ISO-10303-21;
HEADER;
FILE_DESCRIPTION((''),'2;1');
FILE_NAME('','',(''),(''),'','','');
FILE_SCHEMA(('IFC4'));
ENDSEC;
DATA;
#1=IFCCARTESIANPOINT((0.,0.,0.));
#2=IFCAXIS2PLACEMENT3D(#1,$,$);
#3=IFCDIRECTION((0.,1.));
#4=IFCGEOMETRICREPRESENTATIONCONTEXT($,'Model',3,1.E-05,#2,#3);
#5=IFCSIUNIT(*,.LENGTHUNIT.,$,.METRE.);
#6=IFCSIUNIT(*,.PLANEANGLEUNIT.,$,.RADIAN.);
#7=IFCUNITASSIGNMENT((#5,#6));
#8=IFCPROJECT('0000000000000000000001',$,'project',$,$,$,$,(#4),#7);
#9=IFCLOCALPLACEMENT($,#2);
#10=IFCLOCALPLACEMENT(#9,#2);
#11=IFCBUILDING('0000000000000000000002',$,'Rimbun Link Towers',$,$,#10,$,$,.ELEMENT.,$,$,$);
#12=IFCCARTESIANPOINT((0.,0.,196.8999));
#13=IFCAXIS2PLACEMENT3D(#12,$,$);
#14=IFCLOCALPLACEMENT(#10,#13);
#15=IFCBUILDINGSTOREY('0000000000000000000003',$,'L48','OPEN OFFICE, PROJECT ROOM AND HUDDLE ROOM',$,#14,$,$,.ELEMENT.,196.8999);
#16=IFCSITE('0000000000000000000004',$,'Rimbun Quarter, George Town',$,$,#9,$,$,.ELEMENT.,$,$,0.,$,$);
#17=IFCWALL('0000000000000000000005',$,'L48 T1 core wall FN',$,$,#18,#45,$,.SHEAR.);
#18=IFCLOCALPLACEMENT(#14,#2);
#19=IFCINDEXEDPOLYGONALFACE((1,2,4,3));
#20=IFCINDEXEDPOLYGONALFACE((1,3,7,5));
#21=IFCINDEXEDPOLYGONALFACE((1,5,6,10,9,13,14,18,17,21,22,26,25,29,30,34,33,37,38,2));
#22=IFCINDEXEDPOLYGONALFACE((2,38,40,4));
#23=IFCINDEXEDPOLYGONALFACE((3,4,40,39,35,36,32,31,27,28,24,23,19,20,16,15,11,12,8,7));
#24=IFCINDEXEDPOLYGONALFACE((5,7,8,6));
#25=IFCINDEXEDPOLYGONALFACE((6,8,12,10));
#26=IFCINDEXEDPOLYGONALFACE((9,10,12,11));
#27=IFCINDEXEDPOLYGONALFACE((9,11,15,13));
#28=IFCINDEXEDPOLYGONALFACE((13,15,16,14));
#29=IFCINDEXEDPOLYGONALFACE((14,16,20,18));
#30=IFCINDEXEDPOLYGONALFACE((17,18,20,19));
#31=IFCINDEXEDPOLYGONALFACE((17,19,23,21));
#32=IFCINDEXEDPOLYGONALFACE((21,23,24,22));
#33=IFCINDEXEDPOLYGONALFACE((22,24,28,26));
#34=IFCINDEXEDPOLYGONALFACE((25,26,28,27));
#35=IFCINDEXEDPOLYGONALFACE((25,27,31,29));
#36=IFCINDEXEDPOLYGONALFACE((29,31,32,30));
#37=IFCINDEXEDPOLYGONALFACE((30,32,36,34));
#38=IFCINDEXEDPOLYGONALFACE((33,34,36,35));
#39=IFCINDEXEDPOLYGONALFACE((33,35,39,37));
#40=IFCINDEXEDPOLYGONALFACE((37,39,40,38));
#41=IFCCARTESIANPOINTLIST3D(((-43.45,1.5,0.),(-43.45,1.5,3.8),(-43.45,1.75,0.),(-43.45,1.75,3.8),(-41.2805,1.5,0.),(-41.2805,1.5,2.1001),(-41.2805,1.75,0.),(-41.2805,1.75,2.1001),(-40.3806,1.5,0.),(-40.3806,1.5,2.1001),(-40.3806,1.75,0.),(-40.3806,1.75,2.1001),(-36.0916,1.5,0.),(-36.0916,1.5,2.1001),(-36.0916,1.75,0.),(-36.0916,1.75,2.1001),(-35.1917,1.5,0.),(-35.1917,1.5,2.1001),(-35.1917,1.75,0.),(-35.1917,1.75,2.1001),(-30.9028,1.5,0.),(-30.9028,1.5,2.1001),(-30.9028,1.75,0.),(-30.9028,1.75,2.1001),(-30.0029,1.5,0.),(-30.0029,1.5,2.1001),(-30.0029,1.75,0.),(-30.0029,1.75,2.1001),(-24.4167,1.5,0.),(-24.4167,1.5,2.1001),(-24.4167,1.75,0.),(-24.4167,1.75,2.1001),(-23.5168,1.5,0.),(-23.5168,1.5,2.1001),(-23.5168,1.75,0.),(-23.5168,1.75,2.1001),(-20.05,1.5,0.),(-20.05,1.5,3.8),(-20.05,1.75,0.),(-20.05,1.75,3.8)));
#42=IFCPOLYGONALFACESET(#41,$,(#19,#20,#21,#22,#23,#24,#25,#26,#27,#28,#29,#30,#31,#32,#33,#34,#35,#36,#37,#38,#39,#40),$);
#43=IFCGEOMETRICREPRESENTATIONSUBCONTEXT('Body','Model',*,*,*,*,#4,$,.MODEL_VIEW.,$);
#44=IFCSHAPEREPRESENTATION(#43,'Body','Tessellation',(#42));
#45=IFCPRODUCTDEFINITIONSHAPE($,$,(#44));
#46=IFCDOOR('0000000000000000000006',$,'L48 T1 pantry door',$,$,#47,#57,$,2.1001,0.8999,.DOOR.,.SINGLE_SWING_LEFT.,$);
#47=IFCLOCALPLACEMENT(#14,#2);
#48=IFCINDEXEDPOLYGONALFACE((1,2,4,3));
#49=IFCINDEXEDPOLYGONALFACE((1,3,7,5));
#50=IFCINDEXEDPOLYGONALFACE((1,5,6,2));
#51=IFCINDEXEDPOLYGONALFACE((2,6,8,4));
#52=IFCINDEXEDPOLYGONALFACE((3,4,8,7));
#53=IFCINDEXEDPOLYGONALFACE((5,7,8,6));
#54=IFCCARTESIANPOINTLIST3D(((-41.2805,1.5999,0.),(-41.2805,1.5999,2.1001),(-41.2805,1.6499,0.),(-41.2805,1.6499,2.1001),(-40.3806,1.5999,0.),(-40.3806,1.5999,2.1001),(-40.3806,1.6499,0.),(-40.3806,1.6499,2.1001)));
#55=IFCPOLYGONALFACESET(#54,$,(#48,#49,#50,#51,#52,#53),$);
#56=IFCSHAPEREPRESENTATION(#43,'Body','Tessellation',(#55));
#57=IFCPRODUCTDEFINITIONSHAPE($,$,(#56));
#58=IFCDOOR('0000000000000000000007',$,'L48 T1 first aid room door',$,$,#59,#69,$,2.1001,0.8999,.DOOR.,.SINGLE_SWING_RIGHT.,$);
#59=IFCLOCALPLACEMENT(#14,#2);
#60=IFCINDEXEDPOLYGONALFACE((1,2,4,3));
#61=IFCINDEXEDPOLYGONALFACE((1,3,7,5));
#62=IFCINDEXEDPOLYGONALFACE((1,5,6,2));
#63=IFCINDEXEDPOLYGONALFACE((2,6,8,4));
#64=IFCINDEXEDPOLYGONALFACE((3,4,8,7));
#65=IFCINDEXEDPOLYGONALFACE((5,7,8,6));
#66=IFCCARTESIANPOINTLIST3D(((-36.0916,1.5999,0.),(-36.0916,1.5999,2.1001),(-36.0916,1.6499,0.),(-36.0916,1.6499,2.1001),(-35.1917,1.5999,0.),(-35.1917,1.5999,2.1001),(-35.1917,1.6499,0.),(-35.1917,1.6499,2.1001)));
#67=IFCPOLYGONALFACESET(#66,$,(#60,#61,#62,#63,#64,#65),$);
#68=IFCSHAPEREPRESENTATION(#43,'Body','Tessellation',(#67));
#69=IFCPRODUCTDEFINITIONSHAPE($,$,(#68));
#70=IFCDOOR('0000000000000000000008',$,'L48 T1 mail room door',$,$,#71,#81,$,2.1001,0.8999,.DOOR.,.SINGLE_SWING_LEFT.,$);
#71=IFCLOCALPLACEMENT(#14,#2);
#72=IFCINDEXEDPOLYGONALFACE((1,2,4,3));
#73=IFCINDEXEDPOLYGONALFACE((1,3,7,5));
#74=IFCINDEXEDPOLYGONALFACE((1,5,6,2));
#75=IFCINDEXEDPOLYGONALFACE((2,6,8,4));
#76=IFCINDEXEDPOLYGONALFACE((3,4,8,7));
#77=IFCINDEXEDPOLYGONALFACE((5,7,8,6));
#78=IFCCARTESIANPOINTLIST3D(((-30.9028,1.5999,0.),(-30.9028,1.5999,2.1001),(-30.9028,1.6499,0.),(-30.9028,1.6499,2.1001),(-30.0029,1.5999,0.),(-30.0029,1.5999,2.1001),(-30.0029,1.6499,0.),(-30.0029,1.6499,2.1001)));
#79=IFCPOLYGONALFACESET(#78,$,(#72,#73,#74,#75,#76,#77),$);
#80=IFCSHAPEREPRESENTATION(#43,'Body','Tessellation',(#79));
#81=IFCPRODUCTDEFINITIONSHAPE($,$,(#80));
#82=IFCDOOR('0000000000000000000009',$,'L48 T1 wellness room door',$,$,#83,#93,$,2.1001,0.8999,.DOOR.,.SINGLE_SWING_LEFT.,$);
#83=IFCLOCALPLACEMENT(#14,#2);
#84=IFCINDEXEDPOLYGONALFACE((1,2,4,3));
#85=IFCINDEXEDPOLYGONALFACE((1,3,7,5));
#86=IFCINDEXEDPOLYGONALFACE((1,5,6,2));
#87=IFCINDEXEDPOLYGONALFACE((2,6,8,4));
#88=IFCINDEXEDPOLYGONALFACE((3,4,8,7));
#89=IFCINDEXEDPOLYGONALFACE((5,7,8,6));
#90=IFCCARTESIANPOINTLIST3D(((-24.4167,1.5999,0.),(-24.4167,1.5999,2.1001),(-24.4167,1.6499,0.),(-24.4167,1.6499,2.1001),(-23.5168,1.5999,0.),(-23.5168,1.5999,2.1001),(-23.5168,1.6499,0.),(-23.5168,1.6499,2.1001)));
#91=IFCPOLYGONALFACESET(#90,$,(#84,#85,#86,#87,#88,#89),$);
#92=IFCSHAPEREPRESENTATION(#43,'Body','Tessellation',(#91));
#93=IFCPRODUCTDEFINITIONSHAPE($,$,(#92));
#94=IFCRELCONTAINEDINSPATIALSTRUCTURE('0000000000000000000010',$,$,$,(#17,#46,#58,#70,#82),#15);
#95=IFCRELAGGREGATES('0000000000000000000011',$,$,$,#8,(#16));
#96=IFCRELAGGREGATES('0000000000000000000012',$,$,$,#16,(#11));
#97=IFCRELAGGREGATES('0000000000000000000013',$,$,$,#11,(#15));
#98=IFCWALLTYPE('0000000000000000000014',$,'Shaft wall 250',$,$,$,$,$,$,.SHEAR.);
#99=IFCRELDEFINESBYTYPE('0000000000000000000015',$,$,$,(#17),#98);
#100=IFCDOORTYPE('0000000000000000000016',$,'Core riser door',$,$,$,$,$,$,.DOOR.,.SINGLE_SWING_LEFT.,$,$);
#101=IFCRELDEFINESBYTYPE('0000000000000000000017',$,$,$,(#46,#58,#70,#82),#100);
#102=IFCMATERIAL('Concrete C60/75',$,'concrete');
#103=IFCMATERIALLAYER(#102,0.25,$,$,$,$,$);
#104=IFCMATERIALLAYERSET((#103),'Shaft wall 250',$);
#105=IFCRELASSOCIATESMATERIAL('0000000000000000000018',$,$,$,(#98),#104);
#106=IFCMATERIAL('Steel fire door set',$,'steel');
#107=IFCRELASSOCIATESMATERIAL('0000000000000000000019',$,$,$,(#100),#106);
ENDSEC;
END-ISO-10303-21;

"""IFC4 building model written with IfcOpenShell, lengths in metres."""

from ifc_helpers import new_model, si_unit, direction, frame, frame_2d, origin, place, context, subcontext, project, spatial, rectangle, extrude, material, layer, layer_set, type_object, element, fill, save


model = new_model("IFC4")

# Units and contexts
model_context = context("Model", 3, precision=1e-05, world=origin(), true_north=direction((0.0, 1.0)))
body_context = subcontext(model_context, "Body", "Model", "MODEL_VIEW")
ifc_project = project(units=[si_unit("LENGTHUNIT", "METRE"), si_unit("PLANEANGLEUNIT", "RADIAN")], contexts=[model_context])

# Site, building, storey
site_placement = place(None, origin())
site = spatial("IfcSite", under=ifc_project, at=site_placement, Name="Rimbun Quarter, George Town", CompositionType="ELEMENT", RefElevation=0.0)
building_placement = place(site_placement, origin())
building = spatial("IfcBuilding", under=site, at=building_placement, Name="Rimbun Link Towers", CompositionType="ELEMENT")
storey_placement = place(building_placement, frame((0.0, 0.0, 196.8999)))
storey = spatial("IfcBuildingStorey", under=building, at=storey_placement, Name="L48", Description="OPEN OFFICE, PROJECT ROOM AND HUDDLE ROOM", CompositionType="ELEMENT", Elevation=196.8999)

# Wall, openings, doors
ifc_material_1 = material(Name="Concrete C60/75", Category="concrete")
ifc_layer_1 = layer(ifc_material_1, 0.25)
ifc_layer_set_1 = layer_set([ifc_layer_1], Name="Shaft wall 250")
wall_type_1 = type_object("IfcWallType", Name="Shaft wall 250", PredefinedType="SHEAR", material=ifc_layer_set_1)
wall_1_placement = place(storey_placement, frame((-43.45, 1.625, 0.0), z_axis=(0.0, 0.0, 1.0), x_axis=(1.0, 0.0, 0.0)))
wall_1 = element("IfcWall", 1, at=wall_1_placement, inside=storey, type_object=wall_type_1, Name="L48 T1 core wall FN", PredefinedType="SHEAR", context=body_context, shape_type="SweptSolid", body=[
    extrude(rectangle(XDim=23.3999, YDim=0.25, at=frame_2d((11.7, 0.0))), origin(), (0.0, 0.0, 1.0), 3.8),
])
opening_1_placement = place(wall_1_placement, frame((2.1694, 0.0, 0.0)))
opening_1 = element("IfcOpeningElement", 2, at=opening_1_placement, cuts=wall_1, PredefinedType="OPENING", context=body_context, shape_type="SweptSolid", body=[
    extrude(rectangle(XDim=0.8999, YDim=2.1001, at=frame_2d((0.45, 1.05))), frame((0.0, 0.135, 0.0), z_axis=(0.0, -1.0, 0.0), x_axis=(1.0, 0.0, 0.0)), (0.0, 0.0, 1.0), 0.27),
])
opening_2_placement = place(wall_1_placement, frame((7.3584, 0.0, 0.0)))
opening_2 = element("IfcOpeningElement", 3, at=opening_2_placement, cuts=wall_1, PredefinedType="OPENING", context=body_context, shape_type="SweptSolid", body=[
    extrude(rectangle(XDim=0.8999, YDim=2.1001, at=frame_2d((0.45, 1.05))), frame((0.0, 0.135, 0.0), z_axis=(0.0, -1.0, 0.0), x_axis=(1.0, 0.0, 0.0)), (0.0, 0.0, 1.0), 0.27),
])
opening_3_placement = place(wall_1_placement, frame((12.5471, 0.0, 0.0)))
opening_3 = element("IfcOpeningElement", 4, at=opening_3_placement, cuts=wall_1, PredefinedType="OPENING", context=body_context, shape_type="SweptSolid", body=[
    extrude(rectangle(XDim=0.8999, YDim=2.1001, at=frame_2d((0.45, 1.05))), frame((0.0, 0.135, 0.0), z_axis=(0.0, -1.0, 0.0), x_axis=(1.0, 0.0, 0.0)), (0.0, 0.0, 1.0), 0.27),
])
opening_4_placement = place(wall_1_placement, frame((19.0332, 0.0, 0.0)))
opening_4 = element("IfcOpeningElement", 5, at=opening_4_placement, cuts=wall_1, PredefinedType="OPENING", context=body_context, shape_type="SweptSolid", body=[
    extrude(rectangle(XDim=0.8999, YDim=2.1001, at=frame_2d((0.45, 1.05))), frame((0.0, 0.135, 0.0), z_axis=(0.0, -1.0, 0.0), x_axis=(1.0, 0.0, 0.0)), (0.0, 0.0, 1.0), 0.27),
])
ifc_material_2 = material(Name="Steel fire door set", Category="steel")
door_type_1 = type_object("IfcDoorType", Name="Core riser door", OperationType="SINGLE_SWING_LEFT", PredefinedType="DOOR", material=ifc_material_2)
door_1_placement = place(opening_1_placement, origin())
door_1 = element("IfcDoor", 6, at=door_1_placement, inside=storey, type_object=door_type_1, Name="L48 T1 pantry door", OperationType="SINGLE_SWING_LEFT", OverallHeight=2.1001, OverallWidth=0.8999, PredefinedType="DOOR", context=body_context, shape_type="SweptSolid", body=[
    extrude(rectangle(XDim=0.8999, YDim=2.1001, at=frame_2d((0.45, 1.05))), frame((0.0, 0.0249, 0.0), z_axis=(0.0, -1.0, 0.0), x_axis=(1.0, 0.0, 0.0)), (0.0, 0.0, 1.0), 0.05),
])
fill(opening_1, door_1)
door_2_placement = place(opening_2_placement, origin())
door_2 = element("IfcDoor", 7, at=door_2_placement, inside=storey, type_object=door_type_1, Name="L48 T1 first aid room door", OperationType="SINGLE_SWING_RIGHT", OverallHeight=2.1001, OverallWidth=0.8999, PredefinedType="DOOR", context=body_context, shape_type="SweptSolid", body=[
    extrude(rectangle(XDim=0.8999, YDim=2.1001, at=frame_2d((0.45, 1.05))), frame((0.0, 0.0249, 0.0), z_axis=(0.0, -1.0, 0.0), x_axis=(1.0, 0.0, 0.0)), (0.0, 0.0, 1.0), 0.05),
])
fill(opening_2, door_2)
door_3_placement = place(opening_3_placement, origin())
door_3 = element("IfcDoor", 8, at=door_3_placement, inside=storey, type_object=door_type_1, Name="L48 T1 mail room door", OperationType="SINGLE_SWING_LEFT", OverallHeight=2.1001, OverallWidth=0.8999, PredefinedType="DOOR", context=body_context, shape_type="SweptSolid", body=[
    extrude(rectangle(XDim=0.8999, YDim=2.1001, at=frame_2d((0.45, 1.05))), frame((0.0, 0.0249, 0.0), z_axis=(0.0, -1.0, 0.0), x_axis=(1.0, 0.0, 0.0)), (0.0, 0.0, 1.0), 0.05),
])
fill(opening_3, door_3)
door_4_placement = place(opening_4_placement, origin())
door_4 = element("IfcDoor", 9, at=door_4_placement, inside=storey, type_object=door_type_1, Name="L48 T1 wellness room door", OperationType="SINGLE_SWING_LEFT", OverallHeight=2.1001, OverallWidth=0.8999, PredefinedType="DOOR", context=body_context, shape_type="SweptSolid", body=[
    extrude(rectangle(XDim=0.8999, YDim=2.1001, at=frame_2d((0.45, 1.05))), frame((0.0, 0.0249, 0.0), z_axis=(0.0, -1.0, 0.0), x_axis=(1.0, 0.0, 0.0)), (0.0, 0.0, 1.0), 0.05),
])
fill(opening_4, door_4)

save(model, "model.ifc")
